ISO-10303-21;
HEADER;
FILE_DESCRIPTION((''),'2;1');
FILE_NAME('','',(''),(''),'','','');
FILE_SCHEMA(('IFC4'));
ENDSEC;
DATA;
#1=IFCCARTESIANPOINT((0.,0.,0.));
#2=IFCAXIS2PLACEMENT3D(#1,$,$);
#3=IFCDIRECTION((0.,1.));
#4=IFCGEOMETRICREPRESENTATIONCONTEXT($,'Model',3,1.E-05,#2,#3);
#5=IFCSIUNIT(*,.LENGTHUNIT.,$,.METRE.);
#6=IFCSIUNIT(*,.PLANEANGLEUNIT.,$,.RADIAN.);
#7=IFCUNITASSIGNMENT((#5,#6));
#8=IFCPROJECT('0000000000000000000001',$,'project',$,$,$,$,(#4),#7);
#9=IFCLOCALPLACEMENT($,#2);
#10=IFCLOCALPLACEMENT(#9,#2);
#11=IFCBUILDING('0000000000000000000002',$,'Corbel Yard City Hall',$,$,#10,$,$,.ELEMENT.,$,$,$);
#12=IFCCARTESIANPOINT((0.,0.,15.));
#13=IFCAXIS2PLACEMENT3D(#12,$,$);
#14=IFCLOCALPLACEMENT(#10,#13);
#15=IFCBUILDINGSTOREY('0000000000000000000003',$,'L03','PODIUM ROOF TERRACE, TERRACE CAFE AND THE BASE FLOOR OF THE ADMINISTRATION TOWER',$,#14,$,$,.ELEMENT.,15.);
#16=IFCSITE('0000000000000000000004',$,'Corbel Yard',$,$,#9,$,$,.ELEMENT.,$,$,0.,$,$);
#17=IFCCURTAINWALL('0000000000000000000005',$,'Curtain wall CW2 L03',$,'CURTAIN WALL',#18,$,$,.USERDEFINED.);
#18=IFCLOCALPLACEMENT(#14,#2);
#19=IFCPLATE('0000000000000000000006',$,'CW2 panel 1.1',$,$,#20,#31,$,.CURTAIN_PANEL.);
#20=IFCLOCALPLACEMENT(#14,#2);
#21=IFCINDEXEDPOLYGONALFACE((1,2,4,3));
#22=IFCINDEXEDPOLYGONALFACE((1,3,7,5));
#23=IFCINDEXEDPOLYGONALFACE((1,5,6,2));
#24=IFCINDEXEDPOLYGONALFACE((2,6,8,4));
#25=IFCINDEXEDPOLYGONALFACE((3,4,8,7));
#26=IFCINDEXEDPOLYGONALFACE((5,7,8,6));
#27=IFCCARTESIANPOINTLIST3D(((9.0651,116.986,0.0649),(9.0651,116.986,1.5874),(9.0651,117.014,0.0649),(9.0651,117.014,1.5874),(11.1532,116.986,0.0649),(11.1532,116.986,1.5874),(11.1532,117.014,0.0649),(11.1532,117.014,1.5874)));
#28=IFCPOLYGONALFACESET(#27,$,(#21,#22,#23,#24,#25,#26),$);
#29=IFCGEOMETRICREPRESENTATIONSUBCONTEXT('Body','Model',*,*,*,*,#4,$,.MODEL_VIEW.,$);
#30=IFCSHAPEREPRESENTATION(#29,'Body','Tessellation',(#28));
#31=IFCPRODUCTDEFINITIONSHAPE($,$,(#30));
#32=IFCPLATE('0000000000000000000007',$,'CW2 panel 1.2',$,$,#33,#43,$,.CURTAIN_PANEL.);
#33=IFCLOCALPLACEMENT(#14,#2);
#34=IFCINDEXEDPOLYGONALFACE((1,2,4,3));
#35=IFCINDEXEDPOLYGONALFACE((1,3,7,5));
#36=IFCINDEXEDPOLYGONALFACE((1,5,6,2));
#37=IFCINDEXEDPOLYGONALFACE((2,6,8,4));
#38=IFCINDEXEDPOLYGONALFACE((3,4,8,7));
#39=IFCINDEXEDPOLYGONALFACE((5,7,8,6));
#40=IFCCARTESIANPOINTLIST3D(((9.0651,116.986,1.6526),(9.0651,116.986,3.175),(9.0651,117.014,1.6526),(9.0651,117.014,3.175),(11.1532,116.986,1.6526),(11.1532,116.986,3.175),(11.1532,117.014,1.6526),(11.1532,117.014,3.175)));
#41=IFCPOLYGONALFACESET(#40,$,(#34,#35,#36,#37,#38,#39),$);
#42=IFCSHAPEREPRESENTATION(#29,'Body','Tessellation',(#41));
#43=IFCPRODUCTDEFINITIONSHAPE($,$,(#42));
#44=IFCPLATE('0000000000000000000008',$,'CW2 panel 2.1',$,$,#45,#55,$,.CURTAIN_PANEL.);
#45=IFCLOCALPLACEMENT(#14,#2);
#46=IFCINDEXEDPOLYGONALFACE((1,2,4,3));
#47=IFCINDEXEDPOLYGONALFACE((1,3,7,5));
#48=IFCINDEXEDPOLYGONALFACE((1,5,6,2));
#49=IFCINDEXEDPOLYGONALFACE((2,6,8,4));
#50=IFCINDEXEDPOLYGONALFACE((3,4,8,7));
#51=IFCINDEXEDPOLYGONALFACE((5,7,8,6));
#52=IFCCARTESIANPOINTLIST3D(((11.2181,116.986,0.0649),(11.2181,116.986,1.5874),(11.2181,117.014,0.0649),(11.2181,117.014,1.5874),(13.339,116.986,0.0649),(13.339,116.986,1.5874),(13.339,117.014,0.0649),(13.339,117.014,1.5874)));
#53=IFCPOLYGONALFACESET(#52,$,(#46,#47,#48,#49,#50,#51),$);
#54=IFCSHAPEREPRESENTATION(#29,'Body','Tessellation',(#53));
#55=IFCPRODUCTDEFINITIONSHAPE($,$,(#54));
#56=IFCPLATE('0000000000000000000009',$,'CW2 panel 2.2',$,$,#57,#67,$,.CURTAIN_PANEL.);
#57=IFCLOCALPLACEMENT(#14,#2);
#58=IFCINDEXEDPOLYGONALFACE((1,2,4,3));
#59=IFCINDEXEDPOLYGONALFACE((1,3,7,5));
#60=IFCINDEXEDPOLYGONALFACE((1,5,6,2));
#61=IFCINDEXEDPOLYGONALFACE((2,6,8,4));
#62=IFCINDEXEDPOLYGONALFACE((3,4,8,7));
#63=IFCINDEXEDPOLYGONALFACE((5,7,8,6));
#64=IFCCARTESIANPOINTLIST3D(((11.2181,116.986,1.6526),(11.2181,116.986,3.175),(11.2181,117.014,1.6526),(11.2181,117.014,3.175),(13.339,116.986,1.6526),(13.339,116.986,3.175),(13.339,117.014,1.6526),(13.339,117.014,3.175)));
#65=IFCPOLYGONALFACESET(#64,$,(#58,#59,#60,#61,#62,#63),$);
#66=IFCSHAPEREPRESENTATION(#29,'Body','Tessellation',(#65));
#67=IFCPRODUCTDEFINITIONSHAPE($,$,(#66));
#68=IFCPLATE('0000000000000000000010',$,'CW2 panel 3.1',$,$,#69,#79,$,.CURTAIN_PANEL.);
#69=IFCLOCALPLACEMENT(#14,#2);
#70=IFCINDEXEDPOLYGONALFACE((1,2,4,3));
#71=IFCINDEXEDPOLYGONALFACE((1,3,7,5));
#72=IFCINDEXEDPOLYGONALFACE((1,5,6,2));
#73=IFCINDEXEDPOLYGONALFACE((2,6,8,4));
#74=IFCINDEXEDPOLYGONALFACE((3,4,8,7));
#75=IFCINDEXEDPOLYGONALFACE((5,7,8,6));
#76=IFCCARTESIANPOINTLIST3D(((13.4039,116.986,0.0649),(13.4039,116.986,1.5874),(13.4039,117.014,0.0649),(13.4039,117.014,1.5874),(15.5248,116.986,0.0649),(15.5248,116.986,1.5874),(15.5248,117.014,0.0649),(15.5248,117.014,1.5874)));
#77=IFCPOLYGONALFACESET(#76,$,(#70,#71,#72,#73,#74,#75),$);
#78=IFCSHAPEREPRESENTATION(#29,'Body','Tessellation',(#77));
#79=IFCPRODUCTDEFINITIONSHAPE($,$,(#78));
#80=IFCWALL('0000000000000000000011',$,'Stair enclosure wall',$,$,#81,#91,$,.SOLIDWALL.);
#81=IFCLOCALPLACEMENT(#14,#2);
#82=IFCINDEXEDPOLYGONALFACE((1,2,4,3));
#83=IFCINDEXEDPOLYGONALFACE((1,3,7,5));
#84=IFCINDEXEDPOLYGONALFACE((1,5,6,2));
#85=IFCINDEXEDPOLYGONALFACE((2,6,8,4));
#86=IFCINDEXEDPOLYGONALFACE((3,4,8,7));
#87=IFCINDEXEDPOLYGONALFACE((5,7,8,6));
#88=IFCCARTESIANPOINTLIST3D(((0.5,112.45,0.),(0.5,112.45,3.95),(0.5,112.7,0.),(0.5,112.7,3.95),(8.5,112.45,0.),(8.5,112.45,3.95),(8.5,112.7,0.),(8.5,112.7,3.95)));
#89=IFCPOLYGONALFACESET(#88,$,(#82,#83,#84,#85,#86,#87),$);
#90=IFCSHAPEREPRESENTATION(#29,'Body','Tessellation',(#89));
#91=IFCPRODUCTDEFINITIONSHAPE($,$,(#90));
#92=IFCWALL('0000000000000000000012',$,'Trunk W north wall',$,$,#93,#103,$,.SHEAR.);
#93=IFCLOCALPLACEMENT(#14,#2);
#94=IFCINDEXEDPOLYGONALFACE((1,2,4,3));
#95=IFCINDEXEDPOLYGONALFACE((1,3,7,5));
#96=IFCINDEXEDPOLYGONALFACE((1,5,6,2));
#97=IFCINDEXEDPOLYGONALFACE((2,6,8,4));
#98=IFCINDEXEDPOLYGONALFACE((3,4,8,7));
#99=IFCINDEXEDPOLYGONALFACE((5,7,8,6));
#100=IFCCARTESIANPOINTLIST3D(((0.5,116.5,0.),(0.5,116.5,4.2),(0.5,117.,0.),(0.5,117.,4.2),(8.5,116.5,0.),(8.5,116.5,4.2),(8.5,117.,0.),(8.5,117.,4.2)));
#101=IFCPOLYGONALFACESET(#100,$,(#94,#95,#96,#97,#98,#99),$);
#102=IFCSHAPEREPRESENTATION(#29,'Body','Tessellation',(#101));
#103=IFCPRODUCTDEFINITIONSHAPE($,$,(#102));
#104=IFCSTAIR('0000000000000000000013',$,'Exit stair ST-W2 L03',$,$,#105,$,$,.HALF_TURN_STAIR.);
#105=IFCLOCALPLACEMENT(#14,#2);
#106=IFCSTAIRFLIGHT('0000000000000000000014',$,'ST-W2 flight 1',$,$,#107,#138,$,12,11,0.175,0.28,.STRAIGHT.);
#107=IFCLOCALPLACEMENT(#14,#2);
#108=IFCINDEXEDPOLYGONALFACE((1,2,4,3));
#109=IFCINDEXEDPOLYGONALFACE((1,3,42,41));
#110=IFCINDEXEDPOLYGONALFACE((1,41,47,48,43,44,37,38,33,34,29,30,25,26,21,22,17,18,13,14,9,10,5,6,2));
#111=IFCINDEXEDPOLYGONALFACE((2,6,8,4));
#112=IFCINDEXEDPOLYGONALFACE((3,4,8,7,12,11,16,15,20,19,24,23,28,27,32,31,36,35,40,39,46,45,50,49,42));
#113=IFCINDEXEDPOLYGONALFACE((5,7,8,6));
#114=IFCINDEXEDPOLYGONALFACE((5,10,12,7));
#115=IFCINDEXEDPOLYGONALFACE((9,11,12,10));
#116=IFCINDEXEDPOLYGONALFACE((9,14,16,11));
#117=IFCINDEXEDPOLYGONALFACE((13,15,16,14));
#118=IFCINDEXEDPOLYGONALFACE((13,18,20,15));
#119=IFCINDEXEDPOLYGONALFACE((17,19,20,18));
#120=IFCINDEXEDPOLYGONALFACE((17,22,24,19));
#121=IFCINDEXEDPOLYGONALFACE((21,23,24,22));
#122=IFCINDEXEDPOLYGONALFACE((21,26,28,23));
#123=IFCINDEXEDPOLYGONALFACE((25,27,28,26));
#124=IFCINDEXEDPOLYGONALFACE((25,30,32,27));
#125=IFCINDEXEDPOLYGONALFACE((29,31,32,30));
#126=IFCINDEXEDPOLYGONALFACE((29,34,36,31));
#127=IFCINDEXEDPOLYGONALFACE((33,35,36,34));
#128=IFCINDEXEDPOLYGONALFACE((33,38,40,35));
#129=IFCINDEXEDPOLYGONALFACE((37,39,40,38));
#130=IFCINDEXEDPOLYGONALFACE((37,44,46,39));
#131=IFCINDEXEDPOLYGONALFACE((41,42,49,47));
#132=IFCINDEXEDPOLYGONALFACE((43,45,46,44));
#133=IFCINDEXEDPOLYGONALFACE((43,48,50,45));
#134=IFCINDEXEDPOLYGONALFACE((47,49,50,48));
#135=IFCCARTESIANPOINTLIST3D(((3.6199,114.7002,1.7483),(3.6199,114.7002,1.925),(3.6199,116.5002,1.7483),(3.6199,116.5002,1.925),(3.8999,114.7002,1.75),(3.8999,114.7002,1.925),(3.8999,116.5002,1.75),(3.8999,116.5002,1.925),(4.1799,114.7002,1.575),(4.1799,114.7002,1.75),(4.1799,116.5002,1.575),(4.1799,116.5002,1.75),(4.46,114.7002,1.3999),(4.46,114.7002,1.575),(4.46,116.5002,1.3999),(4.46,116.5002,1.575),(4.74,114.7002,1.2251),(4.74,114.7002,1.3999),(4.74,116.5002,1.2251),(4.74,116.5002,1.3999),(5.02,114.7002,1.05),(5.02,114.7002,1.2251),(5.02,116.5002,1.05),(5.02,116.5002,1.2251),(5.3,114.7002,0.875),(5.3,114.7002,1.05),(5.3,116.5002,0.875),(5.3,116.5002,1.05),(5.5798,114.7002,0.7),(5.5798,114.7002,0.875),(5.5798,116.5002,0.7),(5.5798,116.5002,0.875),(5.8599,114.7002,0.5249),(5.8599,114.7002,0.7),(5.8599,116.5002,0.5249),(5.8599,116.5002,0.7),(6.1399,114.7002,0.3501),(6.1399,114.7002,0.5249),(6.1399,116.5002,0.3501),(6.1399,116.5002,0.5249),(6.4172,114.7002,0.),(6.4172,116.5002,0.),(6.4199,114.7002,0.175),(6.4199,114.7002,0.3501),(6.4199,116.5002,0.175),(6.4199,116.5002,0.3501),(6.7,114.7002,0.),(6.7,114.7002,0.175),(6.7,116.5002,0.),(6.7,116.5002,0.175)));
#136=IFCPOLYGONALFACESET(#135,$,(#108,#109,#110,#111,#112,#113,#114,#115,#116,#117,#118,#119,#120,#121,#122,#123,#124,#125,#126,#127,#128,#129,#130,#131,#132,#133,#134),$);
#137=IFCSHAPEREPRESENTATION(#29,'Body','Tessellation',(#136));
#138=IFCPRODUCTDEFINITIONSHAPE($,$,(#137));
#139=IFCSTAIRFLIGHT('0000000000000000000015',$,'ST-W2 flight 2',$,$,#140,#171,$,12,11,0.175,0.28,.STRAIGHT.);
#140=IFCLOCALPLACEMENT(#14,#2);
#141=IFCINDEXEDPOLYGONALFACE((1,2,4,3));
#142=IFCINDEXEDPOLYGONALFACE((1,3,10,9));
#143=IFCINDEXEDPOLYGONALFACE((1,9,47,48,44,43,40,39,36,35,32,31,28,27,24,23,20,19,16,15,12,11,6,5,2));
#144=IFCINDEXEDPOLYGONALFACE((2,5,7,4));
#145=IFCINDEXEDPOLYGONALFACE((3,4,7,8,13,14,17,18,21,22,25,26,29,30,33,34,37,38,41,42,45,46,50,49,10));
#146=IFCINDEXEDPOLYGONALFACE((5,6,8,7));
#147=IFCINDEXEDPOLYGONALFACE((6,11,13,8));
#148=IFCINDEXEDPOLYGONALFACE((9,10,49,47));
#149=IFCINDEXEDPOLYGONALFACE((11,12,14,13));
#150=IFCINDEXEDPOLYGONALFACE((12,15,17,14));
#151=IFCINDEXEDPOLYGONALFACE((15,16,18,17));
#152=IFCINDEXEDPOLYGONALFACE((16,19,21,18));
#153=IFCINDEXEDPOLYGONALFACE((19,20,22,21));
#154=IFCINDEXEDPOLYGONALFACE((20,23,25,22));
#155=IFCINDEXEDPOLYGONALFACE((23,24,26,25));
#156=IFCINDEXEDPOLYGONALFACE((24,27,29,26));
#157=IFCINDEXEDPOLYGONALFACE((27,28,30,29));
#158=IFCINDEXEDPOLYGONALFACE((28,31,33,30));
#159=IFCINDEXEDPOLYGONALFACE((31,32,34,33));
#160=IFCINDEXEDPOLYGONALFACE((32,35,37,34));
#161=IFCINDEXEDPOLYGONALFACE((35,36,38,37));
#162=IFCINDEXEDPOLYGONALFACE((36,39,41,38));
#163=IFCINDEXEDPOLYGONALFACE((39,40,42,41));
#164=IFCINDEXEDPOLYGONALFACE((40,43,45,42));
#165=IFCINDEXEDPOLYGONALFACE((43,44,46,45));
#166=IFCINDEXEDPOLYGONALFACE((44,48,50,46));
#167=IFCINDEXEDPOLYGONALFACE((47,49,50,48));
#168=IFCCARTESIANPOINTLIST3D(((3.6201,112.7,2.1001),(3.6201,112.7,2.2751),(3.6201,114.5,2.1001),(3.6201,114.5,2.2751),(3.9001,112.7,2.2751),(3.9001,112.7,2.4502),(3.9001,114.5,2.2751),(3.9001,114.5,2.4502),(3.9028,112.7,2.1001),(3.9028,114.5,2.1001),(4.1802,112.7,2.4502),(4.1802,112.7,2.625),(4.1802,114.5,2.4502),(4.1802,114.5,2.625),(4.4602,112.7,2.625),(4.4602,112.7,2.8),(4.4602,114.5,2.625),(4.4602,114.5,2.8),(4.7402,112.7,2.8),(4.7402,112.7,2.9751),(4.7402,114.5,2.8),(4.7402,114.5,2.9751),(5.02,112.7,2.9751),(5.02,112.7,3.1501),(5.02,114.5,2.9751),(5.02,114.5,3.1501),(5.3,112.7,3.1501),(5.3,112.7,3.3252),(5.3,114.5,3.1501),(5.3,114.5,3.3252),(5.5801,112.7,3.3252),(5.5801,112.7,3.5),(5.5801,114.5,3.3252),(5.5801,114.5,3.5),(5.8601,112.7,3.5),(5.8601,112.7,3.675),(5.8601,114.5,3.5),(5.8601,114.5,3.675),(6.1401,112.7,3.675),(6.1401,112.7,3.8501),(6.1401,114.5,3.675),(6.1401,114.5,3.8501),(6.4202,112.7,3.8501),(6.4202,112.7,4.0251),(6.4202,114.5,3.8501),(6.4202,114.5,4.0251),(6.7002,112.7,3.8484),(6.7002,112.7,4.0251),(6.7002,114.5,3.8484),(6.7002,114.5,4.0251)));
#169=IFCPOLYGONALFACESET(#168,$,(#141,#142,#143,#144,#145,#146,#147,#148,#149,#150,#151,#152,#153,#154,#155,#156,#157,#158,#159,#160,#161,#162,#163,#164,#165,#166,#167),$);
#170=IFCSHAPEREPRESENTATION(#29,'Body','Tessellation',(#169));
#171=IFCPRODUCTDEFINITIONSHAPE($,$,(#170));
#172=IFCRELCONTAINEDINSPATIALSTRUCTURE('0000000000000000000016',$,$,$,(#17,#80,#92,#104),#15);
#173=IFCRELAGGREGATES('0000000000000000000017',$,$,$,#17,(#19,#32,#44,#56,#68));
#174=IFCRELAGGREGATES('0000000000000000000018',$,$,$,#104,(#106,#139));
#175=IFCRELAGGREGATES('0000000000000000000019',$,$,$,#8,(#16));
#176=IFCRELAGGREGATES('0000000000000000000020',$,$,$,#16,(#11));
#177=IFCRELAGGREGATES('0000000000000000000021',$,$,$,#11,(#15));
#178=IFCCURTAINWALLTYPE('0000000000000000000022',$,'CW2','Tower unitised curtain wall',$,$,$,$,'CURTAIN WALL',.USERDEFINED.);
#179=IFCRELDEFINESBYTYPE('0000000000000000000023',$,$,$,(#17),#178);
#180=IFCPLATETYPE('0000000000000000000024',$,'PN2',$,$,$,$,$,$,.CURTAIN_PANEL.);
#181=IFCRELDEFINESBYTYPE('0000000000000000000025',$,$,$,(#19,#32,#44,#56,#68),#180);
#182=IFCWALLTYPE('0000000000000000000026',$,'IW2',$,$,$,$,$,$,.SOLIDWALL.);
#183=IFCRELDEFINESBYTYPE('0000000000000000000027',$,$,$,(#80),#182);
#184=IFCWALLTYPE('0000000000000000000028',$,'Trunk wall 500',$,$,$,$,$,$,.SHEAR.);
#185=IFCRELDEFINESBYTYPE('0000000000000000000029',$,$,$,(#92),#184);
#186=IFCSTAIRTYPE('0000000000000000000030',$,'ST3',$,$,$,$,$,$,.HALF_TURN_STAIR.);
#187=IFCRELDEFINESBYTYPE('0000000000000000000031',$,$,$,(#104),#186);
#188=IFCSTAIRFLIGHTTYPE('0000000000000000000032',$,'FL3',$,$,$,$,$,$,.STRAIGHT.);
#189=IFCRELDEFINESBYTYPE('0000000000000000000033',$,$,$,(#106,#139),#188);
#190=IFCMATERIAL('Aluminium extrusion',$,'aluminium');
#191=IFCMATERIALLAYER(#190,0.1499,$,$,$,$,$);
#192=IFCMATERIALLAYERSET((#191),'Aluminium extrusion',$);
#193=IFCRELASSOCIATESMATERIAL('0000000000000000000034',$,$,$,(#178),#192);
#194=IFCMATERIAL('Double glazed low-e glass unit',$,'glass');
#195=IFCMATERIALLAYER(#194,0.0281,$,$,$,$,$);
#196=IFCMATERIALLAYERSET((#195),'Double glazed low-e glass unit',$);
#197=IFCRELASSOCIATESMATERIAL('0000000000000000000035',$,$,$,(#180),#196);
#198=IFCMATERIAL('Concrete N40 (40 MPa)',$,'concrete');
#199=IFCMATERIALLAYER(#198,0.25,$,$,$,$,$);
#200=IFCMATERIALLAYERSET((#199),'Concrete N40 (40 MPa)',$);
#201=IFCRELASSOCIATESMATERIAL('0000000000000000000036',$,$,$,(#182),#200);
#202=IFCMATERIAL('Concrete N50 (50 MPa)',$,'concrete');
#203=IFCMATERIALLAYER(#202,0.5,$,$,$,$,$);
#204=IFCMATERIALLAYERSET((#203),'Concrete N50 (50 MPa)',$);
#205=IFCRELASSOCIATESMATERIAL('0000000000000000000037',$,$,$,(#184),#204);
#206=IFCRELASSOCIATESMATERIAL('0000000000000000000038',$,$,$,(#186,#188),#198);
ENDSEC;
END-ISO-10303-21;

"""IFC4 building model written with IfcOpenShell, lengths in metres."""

from ifc_helpers import new_model, si_unit, direction, frame, frame_2d, origin, origin_2d, place, context, subcontext, project, spatial, polyline, rectangle, outline, extrude, material, layer, layer_set, type_object, element, aggregate, save


model = new_model("IFC4")

# Units and contexts
model_context = context("Model", 3, precision=1e-05, world=origin(), true_north=direction((0.0, 1.0)))
body_context = subcontext(model_context, "Body", "Model", "MODEL_VIEW")
ifc_project = project(units=[si_unit("LENGTHUNIT", "METRE"), si_unit("PLANEANGLEUNIT", "RADIAN")], contexts=[model_context])

# Site, building, storey
site_placement = place(None, origin())
site = spatial("IfcSite", under=ifc_project, at=site_placement, Name="Corbel Yard", CompositionType="ELEMENT", RefElevation=0.0)
building_placement = place(site_placement, origin())
building = spatial("IfcBuilding", under=site, at=building_placement, Name="Corbel Yard City Hall", CompositionType="ELEMENT")
storey_placement = place(building_placement, frame((0.0, 0.0, 15.0)))
storey = spatial("IfcBuildingStorey", under=building, at=storey_placement, Name="L03", Description="PODIUM ROOF TERRACE, TERRACE CAFE AND THE BASE FLOOR OF THE ADMINISTRATION TOWER", CompositionType="ELEMENT", Elevation=15.0)

# Curtain wall, plates
ifc_material_1 = material(Name="Aluminium extrusion", Category="aluminium")
ifc_layer_1 = layer(ifc_material_1, 0.1499)
ifc_layer_set_1 = layer_set([ifc_layer_1], Name="Aluminium extrusion")
curtain_wall_type = type_object("IfcCurtainWallType", Name="CW2", Description="Tower unitised curtain wall", ElementType="CURTAIN WALL", PredefinedType="USERDEFINED", material=ifc_layer_set_1)
curtain_wall_placement = place(storey_placement, origin())
curtain_wall = element("IfcCurtainWall", 1, at=curtain_wall_placement, inside=storey, type_object=curtain_wall_type, Name="Curtain wall CW2 L03", ObjectType="CURTAIN WALL", PredefinedType="USERDEFINED")
ifc_material_2 = material(Name="Double glazed low-e glass unit", Category="glass")
ifc_layer_2 = layer(ifc_material_2, 0.0281)
ifc_layer_set_2 = layer_set([ifc_layer_2], Name="Double glazed low-e glass unit")
plate_type = type_object("IfcPlateType", Name="PN2", PredefinedType="CURTAIN_PANEL", material=ifc_layer_set_2)
plate_1_placement = place(storey_placement, frame((10.1091, 117.0, 0.0649), z_axis=(0.0, 0.0, 1.0), x_axis=(1.0, 0.0, 0.0)))
plate_1 = element("IfcPlate", 2, at=plate_1_placement, type_object=plate_type, Name="CW2 panel 1.1", PredefinedType="CURTAIN_PANEL", context=body_context, shape_type="SweptSolid", body=[
    extrude(rectangle(XDim=2.0881, YDim=0.0281, at=origin_2d()), origin(), (0.0, 0.0, 1.0), 1.5225),
])
plate_2_placement = place(storey_placement, frame((10.1091, 117.0, 1.6526), z_axis=(0.0, 0.0, 1.0), x_axis=(1.0, 0.0, 0.0)))
plate_2 = element("IfcPlate", 3, at=plate_2_placement, type_object=plate_type, Name="CW2 panel 1.2", PredefinedType="CURTAIN_PANEL", context=body_context, shape_type="SweptSolid", body=[
    extrude(rectangle(XDim=2.0881, YDim=0.0281, at=origin_2d()), origin(), (0.0, 0.0, 1.0), 1.5225),
])
plate_3_placement = place(storey_placement, frame((12.2786, 117.0, 0.0649), z_axis=(0.0, 0.0, 1.0), x_axis=(1.0, 0.0, 0.0)))
plate_3 = element("IfcPlate", 4, at=plate_3_placement, type_object=plate_type, Name="CW2 panel 2.1", PredefinedType="CURTAIN_PANEL", context=body_context, shape_type="SweptSolid", body=[
    extrude(rectangle(XDim=2.1208, YDim=0.0281, at=origin_2d()), origin(), (0.0, 0.0, 1.0), 1.5225),
])
plate_4_placement = place(storey_placement, frame((12.2786, 117.0, 1.6526), z_axis=(0.0, 0.0, 1.0), x_axis=(1.0, 0.0, 0.0)))
plate_4 = element("IfcPlate", 5, at=plate_4_placement, type_object=plate_type, Name="CW2 panel 2.2", PredefinedType="CURTAIN_PANEL", context=body_context, shape_type="SweptSolid", body=[
    extrude(rectangle(XDim=2.1208, YDim=0.0281, at=origin_2d()), origin(), (0.0, 0.0, 1.0), 1.5225),
])
plate_5_placement = place(storey_placement, frame((14.4644, 117.0, 0.0649), z_axis=(0.0, 0.0, 1.0), x_axis=(1.0, 0.0, 0.0)))
plate_5 = element("IfcPlate", 6, at=plate_5_placement, type_object=plate_type, Name="CW2 panel 3.1", PredefinedType="CURTAIN_PANEL", context=body_context, shape_type="SweptSolid", body=[
    extrude(rectangle(XDim=2.1208, YDim=0.0281, at=origin_2d()), origin(), (0.0, 0.0, 1.0), 1.5225),
])
aggregate(curtain_wall, [plate_1, plate_2, plate_3, plate_4, plate_5])

# Walls
ifc_material_3 = material(Name="Concrete N40 (40 MPa)", Category="concrete")
ifc_layer_3 = layer(ifc_material_3, 0.25)
ifc_layer_set_3 = layer_set([ifc_layer_3], Name="Concrete N40 (40 MPa)")
wall_type_1 = type_object("IfcWallType", Name="IW2", PredefinedType="SOLIDWALL", material=ifc_layer_set_3)
wall_1_placement = place(storey_placement, frame((8.5, 112.575, 0.0), z_axis=(0.0, 0.0, 1.0), x_axis=(-1.0, 0.0, 0.0)))
element("IfcWall", 7, at=wall_1_placement, inside=storey, type_object=wall_type_1, Name="Stair enclosure wall", PredefinedType="SOLIDWALL", context=body_context, shape_type="SweptSolid", body=[
    extrude(rectangle(XDim=8.0, YDim=0.25, at=frame_2d((4.0, 0.0))), origin(), (0.0, 0.0, 1.0), 3.95),
])
ifc_material_4 = material(Name="Concrete N50 (50 MPa)", Category="concrete")
ifc_layer_4 = layer(ifc_material_4, 0.5)
ifc_layer_set_4 = layer_set([ifc_layer_4], Name="Concrete N50 (50 MPa)")
wall_type_2 = type_object("IfcWallType", Name="Trunk wall 500", PredefinedType="SHEAR", material=ifc_layer_set_4)
wall_2_placement = place(storey_placement, frame((0.5, 116.75, 0.0), z_axis=(0.0, 0.0, 1.0), x_axis=(1.0, 0.0, 0.0)))
element("IfcWall", 8, at=wall_2_placement, inside=storey, type_object=wall_type_2, Name="Trunk W north wall", PredefinedType="SHEAR", context=body_context, shape_type="SweptSolid", body=[
    extrude(rectangle(XDim=8.0, YDim=0.5, at=frame_2d((4.0, 0.0))), origin(), (0.0, 0.0, 1.0), 4.2),
])

# Stair, stair flights
stair_type = type_object("IfcStairType", Name="ST3", PredefinedType="HALF_TURN_STAIR", material=ifc_material_3)
stair_placement = place(storey_placement, origin())
stair = element("IfcStair", 9, at=stair_placement, inside=storey, type_object=stair_type, Name="Exit stair ST-W2 L03", PredefinedType="HALF_TURN_STAIR")
stair_flight_type = type_object("IfcStairFlightType", Name="FL3", PredefinedType="STRAIGHT", material=ifc_material_3)
stair_flight_1_placement = place(storey_placement, frame((6.7, 115.6001, 0.0), z_axis=(0.0, 0.0, 1.0), x_axis=(-1.0, 0.0, 0.0)))
stair_flight_1 = element("IfcStairFlight", 10, at=stair_flight_1_placement, type_object=stair_flight_type, Name="ST-W2 flight 1", NumberOfRisers=12, NumberOfTreads=11, PredefinedType="STRAIGHT", RiserHeight=0.175, TreadLength=0.28, context=body_context, shape_type="SweptSolid", body=[
    extrude(outline(polyline([(0.0, 0.0), (0.0, 0.175), (0.28, 0.175), (0.28, 0.3501), (0.5601, 0.3501), (0.5601, 0.5249), (0.8401, 0.5249), (0.8401, 0.7), (1.1201, 0.7), (1.1201, 0.875), (1.3999, 0.875), (1.3999, 1.05), (1.6799, 1.05), (1.6799, 1.2251), (1.96, 1.2251), (1.96, 1.3999), (2.24, 1.3999), (2.24, 1.575), (2.52, 1.575), (2.52, 1.75), (2.8, 1.75), (2.8, 1.925), (3.0801, 1.925), (3.0801, 2.1001), (3.0801, 1.7483), (0.2827, 0.0), (0.0, 0.0)])), frame((0.0, 0.8999, 0.0), z_axis=(0.0, -1.0, 0.0), x_axis=(1.0, 0.0, 0.0)), (0.0, 0.0, 1.0), 1.8),
])
stair_flight_2_placement = place(storey_placement, frame((3.6201, 113.6001, 2.1001), z_axis=(0.0, 0.0, 1.0), x_axis=(1.0, 0.0, 0.0)))
stair_flight_2 = element("IfcStairFlight", 11, at=stair_flight_2_placement, type_object=stair_flight_type, Name="ST-W2 flight 2", NumberOfRisers=12, NumberOfTreads=11, PredefinedType="STRAIGHT", RiserHeight=0.175, TreadLength=0.28, context=body_context, shape_type="SweptSolid", body=[
    extrude(outline(polyline([(0.0, 0.0), (0.0, 0.175), (0.28, 0.175), (0.28, 0.3501), (0.5601, 0.3501), (0.5601, 0.5249), (0.8401, 0.5249), (0.8401, 0.7), (1.1201, 0.7), (1.1201, 0.875), (1.3999, 0.875), (1.3999, 1.05), (1.6799, 1.05), (1.6799, 1.2251), (1.96, 1.2251), (1.96, 1.3999), (2.24, 1.3999), (2.24, 1.575), (2.52, 1.575), (2.52, 1.75), (2.8, 1.75), (2.8, 1.925), (3.0801, 1.925), (3.0801, 2.1001), (3.0801, 1.7483), (0.2827, 0.0), (0.0, 0.0)])), frame((0.0, 0.8999, 0.0), z_axis=(0.0, -1.0, 0.0), x_axis=(1.0, 0.0, 0.0)), (0.0, 0.0, 1.0), 1.8),
])
aggregate(stair, [stair_flight_1, stair_flight_2])

save(model, "model.ifc")
